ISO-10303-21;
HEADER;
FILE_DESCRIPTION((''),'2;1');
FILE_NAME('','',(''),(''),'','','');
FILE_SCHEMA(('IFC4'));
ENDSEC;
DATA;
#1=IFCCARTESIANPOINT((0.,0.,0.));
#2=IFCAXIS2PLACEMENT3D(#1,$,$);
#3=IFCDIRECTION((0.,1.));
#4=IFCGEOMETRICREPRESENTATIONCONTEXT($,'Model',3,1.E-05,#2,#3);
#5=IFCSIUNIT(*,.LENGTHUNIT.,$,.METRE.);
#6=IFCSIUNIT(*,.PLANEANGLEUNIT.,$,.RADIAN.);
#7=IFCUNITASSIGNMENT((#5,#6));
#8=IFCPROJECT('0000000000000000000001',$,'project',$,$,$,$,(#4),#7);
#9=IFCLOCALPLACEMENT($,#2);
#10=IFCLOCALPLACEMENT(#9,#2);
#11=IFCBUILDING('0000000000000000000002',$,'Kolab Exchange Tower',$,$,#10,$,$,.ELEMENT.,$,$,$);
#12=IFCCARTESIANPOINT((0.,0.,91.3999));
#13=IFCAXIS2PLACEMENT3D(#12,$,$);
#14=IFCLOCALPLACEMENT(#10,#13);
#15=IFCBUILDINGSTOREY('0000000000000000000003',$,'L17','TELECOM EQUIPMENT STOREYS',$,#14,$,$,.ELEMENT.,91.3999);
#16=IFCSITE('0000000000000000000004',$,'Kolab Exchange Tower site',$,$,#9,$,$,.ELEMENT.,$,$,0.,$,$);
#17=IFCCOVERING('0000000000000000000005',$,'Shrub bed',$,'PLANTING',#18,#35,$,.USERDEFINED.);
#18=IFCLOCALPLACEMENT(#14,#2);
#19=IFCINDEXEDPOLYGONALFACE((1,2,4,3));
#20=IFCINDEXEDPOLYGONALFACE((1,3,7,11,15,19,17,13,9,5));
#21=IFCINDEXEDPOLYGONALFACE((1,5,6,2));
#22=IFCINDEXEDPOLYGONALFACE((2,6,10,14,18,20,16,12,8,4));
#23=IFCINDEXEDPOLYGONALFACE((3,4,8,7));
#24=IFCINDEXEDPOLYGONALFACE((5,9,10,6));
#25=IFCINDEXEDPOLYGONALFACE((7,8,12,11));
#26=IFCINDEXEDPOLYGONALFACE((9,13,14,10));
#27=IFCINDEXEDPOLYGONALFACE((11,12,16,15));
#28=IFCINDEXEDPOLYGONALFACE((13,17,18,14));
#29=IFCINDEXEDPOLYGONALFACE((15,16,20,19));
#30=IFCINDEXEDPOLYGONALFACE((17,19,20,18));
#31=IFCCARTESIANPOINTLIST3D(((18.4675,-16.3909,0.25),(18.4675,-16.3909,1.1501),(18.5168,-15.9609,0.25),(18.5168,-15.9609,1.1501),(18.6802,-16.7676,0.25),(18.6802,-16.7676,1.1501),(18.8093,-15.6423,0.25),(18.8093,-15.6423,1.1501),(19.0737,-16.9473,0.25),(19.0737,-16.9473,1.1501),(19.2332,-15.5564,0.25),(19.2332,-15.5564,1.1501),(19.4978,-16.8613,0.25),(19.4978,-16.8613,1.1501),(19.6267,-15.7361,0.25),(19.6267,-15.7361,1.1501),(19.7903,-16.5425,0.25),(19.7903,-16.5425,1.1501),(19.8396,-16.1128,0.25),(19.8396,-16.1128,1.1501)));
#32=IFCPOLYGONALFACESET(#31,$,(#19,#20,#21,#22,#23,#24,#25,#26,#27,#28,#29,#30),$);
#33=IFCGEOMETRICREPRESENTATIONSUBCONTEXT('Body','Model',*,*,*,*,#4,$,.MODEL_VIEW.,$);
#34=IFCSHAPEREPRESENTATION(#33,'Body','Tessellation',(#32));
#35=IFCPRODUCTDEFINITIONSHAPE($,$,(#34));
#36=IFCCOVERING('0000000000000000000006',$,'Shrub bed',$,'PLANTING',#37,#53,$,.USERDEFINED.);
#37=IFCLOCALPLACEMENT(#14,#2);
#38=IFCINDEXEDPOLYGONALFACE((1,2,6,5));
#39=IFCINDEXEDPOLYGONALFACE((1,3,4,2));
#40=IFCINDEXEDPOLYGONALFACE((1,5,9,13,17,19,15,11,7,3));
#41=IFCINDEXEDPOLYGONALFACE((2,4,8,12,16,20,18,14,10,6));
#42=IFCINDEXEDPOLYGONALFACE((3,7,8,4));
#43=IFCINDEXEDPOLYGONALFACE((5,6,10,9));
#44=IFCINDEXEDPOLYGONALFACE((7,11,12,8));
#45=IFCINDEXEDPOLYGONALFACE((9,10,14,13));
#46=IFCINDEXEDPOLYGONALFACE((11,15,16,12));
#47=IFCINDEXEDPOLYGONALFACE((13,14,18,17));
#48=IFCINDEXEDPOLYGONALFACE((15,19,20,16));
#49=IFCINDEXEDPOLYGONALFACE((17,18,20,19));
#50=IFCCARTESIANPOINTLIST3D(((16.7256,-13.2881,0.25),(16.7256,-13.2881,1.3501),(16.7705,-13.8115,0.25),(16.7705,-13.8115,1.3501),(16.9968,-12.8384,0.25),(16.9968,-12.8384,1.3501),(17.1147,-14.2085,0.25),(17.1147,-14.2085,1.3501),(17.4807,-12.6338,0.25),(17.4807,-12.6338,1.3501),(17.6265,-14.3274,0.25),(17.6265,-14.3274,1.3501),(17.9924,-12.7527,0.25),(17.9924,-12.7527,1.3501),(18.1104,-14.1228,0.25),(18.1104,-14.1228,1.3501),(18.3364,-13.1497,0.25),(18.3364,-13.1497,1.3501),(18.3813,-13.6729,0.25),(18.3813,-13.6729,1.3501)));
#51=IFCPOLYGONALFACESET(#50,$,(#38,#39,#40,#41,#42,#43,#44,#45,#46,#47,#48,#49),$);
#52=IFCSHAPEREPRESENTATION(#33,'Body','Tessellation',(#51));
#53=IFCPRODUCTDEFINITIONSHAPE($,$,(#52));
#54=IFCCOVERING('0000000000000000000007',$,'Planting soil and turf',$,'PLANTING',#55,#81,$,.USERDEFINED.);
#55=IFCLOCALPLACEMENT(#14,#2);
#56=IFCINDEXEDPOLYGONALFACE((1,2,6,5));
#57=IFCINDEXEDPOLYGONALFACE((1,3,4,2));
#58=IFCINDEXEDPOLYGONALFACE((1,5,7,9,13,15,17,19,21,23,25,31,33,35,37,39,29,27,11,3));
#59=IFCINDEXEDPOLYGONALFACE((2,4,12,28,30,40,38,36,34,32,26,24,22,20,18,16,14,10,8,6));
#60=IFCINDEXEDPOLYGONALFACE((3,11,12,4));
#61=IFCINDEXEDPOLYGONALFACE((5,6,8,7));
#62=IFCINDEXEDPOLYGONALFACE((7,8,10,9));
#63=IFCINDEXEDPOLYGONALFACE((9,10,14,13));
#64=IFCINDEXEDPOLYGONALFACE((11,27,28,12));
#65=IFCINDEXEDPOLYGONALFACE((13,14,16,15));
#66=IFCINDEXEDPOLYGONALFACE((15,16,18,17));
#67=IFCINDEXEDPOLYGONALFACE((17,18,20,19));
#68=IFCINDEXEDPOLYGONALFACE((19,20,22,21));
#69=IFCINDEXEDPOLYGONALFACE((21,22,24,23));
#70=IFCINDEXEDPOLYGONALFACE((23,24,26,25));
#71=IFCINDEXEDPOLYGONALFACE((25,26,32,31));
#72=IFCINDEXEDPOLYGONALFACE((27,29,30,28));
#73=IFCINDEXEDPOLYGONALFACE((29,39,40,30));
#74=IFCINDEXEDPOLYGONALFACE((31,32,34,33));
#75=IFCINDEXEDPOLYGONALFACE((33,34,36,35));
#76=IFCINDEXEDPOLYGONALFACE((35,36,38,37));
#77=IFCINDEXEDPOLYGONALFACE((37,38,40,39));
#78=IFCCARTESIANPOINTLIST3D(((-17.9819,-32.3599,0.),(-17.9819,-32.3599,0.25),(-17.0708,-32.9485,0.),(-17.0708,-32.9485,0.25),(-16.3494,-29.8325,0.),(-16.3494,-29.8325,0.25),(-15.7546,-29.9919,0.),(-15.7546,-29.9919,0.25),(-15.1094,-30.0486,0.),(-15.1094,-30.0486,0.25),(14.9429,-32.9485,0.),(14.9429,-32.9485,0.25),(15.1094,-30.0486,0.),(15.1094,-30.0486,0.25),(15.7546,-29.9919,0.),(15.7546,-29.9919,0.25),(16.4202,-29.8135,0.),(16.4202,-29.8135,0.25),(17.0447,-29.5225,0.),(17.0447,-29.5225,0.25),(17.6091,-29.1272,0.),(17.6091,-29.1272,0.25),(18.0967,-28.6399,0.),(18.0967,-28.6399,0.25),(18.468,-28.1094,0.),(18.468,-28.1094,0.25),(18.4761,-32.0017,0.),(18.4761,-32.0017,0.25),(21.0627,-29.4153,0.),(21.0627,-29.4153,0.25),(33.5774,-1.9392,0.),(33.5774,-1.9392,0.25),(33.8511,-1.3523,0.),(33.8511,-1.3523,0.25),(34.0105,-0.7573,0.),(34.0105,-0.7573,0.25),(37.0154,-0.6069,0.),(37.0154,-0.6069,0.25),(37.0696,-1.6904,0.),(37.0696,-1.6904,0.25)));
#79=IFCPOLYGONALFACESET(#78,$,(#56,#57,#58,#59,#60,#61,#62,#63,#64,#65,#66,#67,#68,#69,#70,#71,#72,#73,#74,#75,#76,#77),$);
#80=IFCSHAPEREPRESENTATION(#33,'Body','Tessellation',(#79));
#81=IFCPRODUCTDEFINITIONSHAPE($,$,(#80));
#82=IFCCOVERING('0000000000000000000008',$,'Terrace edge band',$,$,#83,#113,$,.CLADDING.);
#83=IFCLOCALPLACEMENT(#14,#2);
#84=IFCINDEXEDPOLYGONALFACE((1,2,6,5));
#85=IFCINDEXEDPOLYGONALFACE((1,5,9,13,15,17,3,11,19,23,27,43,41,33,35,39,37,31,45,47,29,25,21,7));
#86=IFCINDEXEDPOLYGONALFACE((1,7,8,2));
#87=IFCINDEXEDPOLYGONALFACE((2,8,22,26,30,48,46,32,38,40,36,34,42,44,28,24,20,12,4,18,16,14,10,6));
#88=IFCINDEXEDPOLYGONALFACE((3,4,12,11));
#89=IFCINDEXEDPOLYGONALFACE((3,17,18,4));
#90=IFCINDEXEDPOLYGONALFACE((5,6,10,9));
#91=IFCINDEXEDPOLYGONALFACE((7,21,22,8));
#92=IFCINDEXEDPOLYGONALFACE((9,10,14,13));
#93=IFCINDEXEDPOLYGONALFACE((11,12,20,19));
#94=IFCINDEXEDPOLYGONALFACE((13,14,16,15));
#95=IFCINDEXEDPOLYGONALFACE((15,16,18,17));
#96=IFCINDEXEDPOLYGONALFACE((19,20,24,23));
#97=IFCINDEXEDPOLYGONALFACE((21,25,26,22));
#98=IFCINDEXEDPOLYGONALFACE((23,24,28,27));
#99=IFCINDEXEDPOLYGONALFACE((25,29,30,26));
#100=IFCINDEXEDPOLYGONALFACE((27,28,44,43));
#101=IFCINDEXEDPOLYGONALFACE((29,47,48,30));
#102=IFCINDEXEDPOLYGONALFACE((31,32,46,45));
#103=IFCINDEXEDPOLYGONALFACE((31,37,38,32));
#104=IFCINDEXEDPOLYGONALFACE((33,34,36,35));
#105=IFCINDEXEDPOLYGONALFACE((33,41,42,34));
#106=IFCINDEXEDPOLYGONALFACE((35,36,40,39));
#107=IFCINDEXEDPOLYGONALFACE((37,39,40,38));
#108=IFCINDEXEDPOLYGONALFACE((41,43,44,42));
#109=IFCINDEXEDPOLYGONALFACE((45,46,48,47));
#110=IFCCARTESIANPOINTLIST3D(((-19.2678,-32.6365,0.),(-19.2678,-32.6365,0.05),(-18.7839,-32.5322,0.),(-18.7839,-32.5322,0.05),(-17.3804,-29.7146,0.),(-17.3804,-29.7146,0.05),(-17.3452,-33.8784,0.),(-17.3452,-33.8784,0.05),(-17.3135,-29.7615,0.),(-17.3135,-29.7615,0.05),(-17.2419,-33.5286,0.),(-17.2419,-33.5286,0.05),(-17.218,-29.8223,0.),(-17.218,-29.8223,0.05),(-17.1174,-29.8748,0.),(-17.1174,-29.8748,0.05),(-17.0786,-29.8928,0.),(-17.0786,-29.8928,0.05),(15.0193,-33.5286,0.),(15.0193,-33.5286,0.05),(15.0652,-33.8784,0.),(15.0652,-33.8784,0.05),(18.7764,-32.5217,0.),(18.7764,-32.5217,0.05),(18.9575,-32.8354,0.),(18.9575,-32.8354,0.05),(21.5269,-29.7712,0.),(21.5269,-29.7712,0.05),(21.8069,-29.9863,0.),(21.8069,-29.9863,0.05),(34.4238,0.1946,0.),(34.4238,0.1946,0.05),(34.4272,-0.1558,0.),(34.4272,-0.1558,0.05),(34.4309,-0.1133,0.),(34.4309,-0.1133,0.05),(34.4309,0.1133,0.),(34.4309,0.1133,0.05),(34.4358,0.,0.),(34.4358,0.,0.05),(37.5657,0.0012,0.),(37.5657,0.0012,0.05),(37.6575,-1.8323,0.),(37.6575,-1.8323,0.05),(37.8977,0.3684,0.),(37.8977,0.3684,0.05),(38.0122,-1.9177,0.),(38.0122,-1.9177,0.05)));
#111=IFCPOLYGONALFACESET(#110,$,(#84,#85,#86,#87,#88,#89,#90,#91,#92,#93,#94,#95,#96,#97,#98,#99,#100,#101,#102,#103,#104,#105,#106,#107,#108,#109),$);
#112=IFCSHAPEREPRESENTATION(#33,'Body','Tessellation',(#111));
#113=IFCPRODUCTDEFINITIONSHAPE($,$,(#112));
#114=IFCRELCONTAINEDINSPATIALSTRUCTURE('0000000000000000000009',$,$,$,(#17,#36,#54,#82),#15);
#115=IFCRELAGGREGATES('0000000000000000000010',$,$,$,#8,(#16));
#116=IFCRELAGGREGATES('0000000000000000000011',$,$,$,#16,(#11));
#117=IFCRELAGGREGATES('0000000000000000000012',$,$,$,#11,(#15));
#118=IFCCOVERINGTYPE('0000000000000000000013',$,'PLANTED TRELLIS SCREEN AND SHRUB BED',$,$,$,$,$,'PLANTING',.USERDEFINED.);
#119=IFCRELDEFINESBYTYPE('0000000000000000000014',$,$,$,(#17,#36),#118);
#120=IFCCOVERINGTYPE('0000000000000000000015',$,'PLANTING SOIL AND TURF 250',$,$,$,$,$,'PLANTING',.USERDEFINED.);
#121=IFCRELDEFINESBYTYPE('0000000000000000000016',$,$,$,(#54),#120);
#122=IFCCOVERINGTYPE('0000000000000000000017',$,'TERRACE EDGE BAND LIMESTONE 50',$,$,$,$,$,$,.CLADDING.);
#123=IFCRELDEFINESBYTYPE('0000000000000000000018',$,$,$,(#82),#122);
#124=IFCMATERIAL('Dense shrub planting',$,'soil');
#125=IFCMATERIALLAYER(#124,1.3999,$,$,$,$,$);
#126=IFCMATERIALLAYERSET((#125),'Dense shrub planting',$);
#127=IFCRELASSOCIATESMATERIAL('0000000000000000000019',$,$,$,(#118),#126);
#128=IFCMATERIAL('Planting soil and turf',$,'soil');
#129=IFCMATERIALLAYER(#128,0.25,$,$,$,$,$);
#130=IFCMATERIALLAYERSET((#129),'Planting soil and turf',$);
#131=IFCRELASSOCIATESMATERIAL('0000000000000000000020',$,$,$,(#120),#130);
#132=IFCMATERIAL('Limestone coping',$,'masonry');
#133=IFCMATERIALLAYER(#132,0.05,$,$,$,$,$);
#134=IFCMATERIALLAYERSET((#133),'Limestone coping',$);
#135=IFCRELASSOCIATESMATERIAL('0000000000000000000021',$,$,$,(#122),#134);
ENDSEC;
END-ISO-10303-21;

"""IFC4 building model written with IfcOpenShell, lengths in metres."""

from ifc_helpers import new_model, si_unit, direction, frame, origin, place, context, subcontext, project, spatial, polyline, outline, extrude, material, layer, layer_set, type_object, element, save


model = new_model("IFC4")

# Units and contexts
model_context = context("Model", 3, precision=1e-05, world=origin(), true_north=direction((0.0, 1.0)))
body_context = subcontext(model_context, "Body", "Model", "MODEL_VIEW")
ifc_project = project(units=[si_unit("LENGTHUNIT", "METRE"), si_unit("PLANEANGLEUNIT", "RADIAN")], contexts=[model_context])

# Site, building, storey
site_placement = place(None, origin())
site = spatial("IfcSite", under=ifc_project, at=site_placement, Name="Kolab Exchange Tower site", CompositionType="ELEMENT", RefElevation=0.0)
building_placement = place(site_placement, origin())
building = spatial("IfcBuilding", under=site, at=building_placement, Name="Kolab Exchange Tower", CompositionType="ELEMENT")
storey_placement = place(building_placement, frame((0.0, 0.0, 91.3999)))
storey = spatial("IfcBuildingStorey", under=building, at=storey_placement, Name="L17", Description="TELECOM EQUIPMENT STOREYS", CompositionType="ELEMENT", Elevation=91.3999)

# Coverings
ifc_material_1 = material(Name="Dense shrub planting", Category="soil")
ifc_layer_1 = layer(ifc_material_1, 1.3999)
ifc_layer_set_1 = layer_set([ifc_layer_1], Name="Dense shrub planting")
covering_type_1 = type_object("IfcCoveringType", Name="PLANTED TRELLIS SCREEN AND SHRUB BED", ElementType="PLANTING", PredefinedType="USERDEFINED", material=ifc_layer_set_1)
covering_1_placement = place(storey_placement, frame((0.0, 0.0, 0.25)))
element("IfcCovering", 1, at=covering_1_placement, inside=storey, type_object=covering_type_1, Name="Shrub bed", ObjectType="PLANTING", PredefinedType="USERDEFINED", context=body_context, shape_type="SweptSolid", body=[
    extrude(outline(polyline([(19.8396, -16.1128), (19.6267, -15.7361), (19.2332, -15.5564), (18.8093, -15.6423), (18.5168, -15.9609), (18.4675, -16.3909), (18.6802, -16.7676), (19.0737, -16.9473), (19.4978, -16.8613), (19.7903, -16.5425), (19.8396, -16.1128)])), origin(), (0.0, 0.0, 1.0), 0.9001),
])
covering_2_placement = place(storey_placement, frame((0.0, 0.0, 0.25)))
element("IfcCovering", 2, at=covering_2_placement, inside=storey, type_object=covering_type_1, Name="Shrub bed", ObjectType="PLANTING", PredefinedType="USERDEFINED", context=body_context, shape_type="SweptSolid", body=[
    extrude(outline(polyline([(18.3364, -13.1497), (17.9924, -12.7527), (17.4807, -12.6338), (16.9968, -12.8384), (16.7256, -13.2881), (16.7705, -13.8115), (17.1147, -14.2085), (17.6265, -14.3274), (18.1104, -14.1228), (18.3813, -13.6729), (18.3364, -13.1497)])), origin(), (0.0, 0.0, 1.0), 1.1001),
])
ifc_material_2 = material(Name="Planting soil and turf", Category="soil")
ifc_layer_2 = layer(ifc_material_2, 0.25)
ifc_layer_set_2 = layer_set([ifc_layer_2], Name="Planting soil and turf")
covering_type_2 = type_object("IfcCoveringType", Name="PLANTING SOIL AND TURF 250", ElementType="PLANTING", PredefinedType="USERDEFINED", material=ifc_layer_set_2)
covering_3_placement = place(storey_placement, origin())
element("IfcCovering", 3, at=covering_3_placement, inside=storey, type_object=covering_type_2, Name="Planting soil and turf", ObjectType="PLANTING", PredefinedType="USERDEFINED", context=body_context, shape_type="SweptSolid", body=[
    extrude(outline(polyline([(-15.7546, -29.9919), (-15.1094, -30.0486), (15.1094, -30.0486), (15.7546, -29.9919), (16.4202, -29.8135), (17.0447, -29.5225), (17.6091, -29.1272), (18.0967, -28.6399), (18.468, -28.1094), (33.5774, -1.9392), (33.8511, -1.3523), (34.0105, -0.7573), (37.0154, -0.6069), (37.0696, -1.6904), (21.0627, -29.4153), (18.4761, -32.0017), (14.9429, -32.9485), (-17.0708, -32.9485), (-17.9819, -32.3599), (-16.3494, -29.8325), (-15.7546, -29.9919)])), origin(), (0.0, 0.0, 1.0), 0.25),
])
ifc_material_3 = material(Name="Limestone coping", Category="masonry")
ifc_layer_3 = layer(ifc_material_3, 0.05)
ifc_layer_set_3 = layer_set([ifc_layer_3], Name="Limestone coping")
covering_type_3 = type_object("IfcCoveringType", Name="TERRACE EDGE BAND LIMESTONE 50", PredefinedType="CLADDING", material=ifc_layer_set_3)
covering_4_placement = place(storey_placement, origin())
element("IfcCovering", 4, at=covering_4_placement, inside=storey, type_object=covering_type_3, Name="Terrace edge band", PredefinedType="CLADDING", context=body_context, shape_type="SweptSolid", body=[
    extrude(outline(polyline([(38.0122, -1.9177), (21.8069, -29.9863), (18.9575, -32.8354), (15.0652, -33.8784), (-17.3452, -33.8784), (-19.2678, -32.6365), (-17.3804, -29.7146), (-17.3135, -29.7615), (-17.218, -29.8223), (-17.1174, -29.8748), (-17.0786, -29.8928), (-18.7839, -32.5322), (-17.2419, -33.5286), (15.0193, -33.5286), (18.7764, -32.5217), (21.5269, -29.7712), (37.6575, -1.8323), (37.5657, 0.0012), (34.4272, -0.1558), (34.4309, -0.1133), (34.4358, 0.0), (34.4309, 0.1133), (34.4238, 0.1946), (37.8977, 0.3684), (38.0122, -1.9177)])), origin(), (0.0, 0.0, 1.0), 0.05),
])

save(model, "model.ifc")
